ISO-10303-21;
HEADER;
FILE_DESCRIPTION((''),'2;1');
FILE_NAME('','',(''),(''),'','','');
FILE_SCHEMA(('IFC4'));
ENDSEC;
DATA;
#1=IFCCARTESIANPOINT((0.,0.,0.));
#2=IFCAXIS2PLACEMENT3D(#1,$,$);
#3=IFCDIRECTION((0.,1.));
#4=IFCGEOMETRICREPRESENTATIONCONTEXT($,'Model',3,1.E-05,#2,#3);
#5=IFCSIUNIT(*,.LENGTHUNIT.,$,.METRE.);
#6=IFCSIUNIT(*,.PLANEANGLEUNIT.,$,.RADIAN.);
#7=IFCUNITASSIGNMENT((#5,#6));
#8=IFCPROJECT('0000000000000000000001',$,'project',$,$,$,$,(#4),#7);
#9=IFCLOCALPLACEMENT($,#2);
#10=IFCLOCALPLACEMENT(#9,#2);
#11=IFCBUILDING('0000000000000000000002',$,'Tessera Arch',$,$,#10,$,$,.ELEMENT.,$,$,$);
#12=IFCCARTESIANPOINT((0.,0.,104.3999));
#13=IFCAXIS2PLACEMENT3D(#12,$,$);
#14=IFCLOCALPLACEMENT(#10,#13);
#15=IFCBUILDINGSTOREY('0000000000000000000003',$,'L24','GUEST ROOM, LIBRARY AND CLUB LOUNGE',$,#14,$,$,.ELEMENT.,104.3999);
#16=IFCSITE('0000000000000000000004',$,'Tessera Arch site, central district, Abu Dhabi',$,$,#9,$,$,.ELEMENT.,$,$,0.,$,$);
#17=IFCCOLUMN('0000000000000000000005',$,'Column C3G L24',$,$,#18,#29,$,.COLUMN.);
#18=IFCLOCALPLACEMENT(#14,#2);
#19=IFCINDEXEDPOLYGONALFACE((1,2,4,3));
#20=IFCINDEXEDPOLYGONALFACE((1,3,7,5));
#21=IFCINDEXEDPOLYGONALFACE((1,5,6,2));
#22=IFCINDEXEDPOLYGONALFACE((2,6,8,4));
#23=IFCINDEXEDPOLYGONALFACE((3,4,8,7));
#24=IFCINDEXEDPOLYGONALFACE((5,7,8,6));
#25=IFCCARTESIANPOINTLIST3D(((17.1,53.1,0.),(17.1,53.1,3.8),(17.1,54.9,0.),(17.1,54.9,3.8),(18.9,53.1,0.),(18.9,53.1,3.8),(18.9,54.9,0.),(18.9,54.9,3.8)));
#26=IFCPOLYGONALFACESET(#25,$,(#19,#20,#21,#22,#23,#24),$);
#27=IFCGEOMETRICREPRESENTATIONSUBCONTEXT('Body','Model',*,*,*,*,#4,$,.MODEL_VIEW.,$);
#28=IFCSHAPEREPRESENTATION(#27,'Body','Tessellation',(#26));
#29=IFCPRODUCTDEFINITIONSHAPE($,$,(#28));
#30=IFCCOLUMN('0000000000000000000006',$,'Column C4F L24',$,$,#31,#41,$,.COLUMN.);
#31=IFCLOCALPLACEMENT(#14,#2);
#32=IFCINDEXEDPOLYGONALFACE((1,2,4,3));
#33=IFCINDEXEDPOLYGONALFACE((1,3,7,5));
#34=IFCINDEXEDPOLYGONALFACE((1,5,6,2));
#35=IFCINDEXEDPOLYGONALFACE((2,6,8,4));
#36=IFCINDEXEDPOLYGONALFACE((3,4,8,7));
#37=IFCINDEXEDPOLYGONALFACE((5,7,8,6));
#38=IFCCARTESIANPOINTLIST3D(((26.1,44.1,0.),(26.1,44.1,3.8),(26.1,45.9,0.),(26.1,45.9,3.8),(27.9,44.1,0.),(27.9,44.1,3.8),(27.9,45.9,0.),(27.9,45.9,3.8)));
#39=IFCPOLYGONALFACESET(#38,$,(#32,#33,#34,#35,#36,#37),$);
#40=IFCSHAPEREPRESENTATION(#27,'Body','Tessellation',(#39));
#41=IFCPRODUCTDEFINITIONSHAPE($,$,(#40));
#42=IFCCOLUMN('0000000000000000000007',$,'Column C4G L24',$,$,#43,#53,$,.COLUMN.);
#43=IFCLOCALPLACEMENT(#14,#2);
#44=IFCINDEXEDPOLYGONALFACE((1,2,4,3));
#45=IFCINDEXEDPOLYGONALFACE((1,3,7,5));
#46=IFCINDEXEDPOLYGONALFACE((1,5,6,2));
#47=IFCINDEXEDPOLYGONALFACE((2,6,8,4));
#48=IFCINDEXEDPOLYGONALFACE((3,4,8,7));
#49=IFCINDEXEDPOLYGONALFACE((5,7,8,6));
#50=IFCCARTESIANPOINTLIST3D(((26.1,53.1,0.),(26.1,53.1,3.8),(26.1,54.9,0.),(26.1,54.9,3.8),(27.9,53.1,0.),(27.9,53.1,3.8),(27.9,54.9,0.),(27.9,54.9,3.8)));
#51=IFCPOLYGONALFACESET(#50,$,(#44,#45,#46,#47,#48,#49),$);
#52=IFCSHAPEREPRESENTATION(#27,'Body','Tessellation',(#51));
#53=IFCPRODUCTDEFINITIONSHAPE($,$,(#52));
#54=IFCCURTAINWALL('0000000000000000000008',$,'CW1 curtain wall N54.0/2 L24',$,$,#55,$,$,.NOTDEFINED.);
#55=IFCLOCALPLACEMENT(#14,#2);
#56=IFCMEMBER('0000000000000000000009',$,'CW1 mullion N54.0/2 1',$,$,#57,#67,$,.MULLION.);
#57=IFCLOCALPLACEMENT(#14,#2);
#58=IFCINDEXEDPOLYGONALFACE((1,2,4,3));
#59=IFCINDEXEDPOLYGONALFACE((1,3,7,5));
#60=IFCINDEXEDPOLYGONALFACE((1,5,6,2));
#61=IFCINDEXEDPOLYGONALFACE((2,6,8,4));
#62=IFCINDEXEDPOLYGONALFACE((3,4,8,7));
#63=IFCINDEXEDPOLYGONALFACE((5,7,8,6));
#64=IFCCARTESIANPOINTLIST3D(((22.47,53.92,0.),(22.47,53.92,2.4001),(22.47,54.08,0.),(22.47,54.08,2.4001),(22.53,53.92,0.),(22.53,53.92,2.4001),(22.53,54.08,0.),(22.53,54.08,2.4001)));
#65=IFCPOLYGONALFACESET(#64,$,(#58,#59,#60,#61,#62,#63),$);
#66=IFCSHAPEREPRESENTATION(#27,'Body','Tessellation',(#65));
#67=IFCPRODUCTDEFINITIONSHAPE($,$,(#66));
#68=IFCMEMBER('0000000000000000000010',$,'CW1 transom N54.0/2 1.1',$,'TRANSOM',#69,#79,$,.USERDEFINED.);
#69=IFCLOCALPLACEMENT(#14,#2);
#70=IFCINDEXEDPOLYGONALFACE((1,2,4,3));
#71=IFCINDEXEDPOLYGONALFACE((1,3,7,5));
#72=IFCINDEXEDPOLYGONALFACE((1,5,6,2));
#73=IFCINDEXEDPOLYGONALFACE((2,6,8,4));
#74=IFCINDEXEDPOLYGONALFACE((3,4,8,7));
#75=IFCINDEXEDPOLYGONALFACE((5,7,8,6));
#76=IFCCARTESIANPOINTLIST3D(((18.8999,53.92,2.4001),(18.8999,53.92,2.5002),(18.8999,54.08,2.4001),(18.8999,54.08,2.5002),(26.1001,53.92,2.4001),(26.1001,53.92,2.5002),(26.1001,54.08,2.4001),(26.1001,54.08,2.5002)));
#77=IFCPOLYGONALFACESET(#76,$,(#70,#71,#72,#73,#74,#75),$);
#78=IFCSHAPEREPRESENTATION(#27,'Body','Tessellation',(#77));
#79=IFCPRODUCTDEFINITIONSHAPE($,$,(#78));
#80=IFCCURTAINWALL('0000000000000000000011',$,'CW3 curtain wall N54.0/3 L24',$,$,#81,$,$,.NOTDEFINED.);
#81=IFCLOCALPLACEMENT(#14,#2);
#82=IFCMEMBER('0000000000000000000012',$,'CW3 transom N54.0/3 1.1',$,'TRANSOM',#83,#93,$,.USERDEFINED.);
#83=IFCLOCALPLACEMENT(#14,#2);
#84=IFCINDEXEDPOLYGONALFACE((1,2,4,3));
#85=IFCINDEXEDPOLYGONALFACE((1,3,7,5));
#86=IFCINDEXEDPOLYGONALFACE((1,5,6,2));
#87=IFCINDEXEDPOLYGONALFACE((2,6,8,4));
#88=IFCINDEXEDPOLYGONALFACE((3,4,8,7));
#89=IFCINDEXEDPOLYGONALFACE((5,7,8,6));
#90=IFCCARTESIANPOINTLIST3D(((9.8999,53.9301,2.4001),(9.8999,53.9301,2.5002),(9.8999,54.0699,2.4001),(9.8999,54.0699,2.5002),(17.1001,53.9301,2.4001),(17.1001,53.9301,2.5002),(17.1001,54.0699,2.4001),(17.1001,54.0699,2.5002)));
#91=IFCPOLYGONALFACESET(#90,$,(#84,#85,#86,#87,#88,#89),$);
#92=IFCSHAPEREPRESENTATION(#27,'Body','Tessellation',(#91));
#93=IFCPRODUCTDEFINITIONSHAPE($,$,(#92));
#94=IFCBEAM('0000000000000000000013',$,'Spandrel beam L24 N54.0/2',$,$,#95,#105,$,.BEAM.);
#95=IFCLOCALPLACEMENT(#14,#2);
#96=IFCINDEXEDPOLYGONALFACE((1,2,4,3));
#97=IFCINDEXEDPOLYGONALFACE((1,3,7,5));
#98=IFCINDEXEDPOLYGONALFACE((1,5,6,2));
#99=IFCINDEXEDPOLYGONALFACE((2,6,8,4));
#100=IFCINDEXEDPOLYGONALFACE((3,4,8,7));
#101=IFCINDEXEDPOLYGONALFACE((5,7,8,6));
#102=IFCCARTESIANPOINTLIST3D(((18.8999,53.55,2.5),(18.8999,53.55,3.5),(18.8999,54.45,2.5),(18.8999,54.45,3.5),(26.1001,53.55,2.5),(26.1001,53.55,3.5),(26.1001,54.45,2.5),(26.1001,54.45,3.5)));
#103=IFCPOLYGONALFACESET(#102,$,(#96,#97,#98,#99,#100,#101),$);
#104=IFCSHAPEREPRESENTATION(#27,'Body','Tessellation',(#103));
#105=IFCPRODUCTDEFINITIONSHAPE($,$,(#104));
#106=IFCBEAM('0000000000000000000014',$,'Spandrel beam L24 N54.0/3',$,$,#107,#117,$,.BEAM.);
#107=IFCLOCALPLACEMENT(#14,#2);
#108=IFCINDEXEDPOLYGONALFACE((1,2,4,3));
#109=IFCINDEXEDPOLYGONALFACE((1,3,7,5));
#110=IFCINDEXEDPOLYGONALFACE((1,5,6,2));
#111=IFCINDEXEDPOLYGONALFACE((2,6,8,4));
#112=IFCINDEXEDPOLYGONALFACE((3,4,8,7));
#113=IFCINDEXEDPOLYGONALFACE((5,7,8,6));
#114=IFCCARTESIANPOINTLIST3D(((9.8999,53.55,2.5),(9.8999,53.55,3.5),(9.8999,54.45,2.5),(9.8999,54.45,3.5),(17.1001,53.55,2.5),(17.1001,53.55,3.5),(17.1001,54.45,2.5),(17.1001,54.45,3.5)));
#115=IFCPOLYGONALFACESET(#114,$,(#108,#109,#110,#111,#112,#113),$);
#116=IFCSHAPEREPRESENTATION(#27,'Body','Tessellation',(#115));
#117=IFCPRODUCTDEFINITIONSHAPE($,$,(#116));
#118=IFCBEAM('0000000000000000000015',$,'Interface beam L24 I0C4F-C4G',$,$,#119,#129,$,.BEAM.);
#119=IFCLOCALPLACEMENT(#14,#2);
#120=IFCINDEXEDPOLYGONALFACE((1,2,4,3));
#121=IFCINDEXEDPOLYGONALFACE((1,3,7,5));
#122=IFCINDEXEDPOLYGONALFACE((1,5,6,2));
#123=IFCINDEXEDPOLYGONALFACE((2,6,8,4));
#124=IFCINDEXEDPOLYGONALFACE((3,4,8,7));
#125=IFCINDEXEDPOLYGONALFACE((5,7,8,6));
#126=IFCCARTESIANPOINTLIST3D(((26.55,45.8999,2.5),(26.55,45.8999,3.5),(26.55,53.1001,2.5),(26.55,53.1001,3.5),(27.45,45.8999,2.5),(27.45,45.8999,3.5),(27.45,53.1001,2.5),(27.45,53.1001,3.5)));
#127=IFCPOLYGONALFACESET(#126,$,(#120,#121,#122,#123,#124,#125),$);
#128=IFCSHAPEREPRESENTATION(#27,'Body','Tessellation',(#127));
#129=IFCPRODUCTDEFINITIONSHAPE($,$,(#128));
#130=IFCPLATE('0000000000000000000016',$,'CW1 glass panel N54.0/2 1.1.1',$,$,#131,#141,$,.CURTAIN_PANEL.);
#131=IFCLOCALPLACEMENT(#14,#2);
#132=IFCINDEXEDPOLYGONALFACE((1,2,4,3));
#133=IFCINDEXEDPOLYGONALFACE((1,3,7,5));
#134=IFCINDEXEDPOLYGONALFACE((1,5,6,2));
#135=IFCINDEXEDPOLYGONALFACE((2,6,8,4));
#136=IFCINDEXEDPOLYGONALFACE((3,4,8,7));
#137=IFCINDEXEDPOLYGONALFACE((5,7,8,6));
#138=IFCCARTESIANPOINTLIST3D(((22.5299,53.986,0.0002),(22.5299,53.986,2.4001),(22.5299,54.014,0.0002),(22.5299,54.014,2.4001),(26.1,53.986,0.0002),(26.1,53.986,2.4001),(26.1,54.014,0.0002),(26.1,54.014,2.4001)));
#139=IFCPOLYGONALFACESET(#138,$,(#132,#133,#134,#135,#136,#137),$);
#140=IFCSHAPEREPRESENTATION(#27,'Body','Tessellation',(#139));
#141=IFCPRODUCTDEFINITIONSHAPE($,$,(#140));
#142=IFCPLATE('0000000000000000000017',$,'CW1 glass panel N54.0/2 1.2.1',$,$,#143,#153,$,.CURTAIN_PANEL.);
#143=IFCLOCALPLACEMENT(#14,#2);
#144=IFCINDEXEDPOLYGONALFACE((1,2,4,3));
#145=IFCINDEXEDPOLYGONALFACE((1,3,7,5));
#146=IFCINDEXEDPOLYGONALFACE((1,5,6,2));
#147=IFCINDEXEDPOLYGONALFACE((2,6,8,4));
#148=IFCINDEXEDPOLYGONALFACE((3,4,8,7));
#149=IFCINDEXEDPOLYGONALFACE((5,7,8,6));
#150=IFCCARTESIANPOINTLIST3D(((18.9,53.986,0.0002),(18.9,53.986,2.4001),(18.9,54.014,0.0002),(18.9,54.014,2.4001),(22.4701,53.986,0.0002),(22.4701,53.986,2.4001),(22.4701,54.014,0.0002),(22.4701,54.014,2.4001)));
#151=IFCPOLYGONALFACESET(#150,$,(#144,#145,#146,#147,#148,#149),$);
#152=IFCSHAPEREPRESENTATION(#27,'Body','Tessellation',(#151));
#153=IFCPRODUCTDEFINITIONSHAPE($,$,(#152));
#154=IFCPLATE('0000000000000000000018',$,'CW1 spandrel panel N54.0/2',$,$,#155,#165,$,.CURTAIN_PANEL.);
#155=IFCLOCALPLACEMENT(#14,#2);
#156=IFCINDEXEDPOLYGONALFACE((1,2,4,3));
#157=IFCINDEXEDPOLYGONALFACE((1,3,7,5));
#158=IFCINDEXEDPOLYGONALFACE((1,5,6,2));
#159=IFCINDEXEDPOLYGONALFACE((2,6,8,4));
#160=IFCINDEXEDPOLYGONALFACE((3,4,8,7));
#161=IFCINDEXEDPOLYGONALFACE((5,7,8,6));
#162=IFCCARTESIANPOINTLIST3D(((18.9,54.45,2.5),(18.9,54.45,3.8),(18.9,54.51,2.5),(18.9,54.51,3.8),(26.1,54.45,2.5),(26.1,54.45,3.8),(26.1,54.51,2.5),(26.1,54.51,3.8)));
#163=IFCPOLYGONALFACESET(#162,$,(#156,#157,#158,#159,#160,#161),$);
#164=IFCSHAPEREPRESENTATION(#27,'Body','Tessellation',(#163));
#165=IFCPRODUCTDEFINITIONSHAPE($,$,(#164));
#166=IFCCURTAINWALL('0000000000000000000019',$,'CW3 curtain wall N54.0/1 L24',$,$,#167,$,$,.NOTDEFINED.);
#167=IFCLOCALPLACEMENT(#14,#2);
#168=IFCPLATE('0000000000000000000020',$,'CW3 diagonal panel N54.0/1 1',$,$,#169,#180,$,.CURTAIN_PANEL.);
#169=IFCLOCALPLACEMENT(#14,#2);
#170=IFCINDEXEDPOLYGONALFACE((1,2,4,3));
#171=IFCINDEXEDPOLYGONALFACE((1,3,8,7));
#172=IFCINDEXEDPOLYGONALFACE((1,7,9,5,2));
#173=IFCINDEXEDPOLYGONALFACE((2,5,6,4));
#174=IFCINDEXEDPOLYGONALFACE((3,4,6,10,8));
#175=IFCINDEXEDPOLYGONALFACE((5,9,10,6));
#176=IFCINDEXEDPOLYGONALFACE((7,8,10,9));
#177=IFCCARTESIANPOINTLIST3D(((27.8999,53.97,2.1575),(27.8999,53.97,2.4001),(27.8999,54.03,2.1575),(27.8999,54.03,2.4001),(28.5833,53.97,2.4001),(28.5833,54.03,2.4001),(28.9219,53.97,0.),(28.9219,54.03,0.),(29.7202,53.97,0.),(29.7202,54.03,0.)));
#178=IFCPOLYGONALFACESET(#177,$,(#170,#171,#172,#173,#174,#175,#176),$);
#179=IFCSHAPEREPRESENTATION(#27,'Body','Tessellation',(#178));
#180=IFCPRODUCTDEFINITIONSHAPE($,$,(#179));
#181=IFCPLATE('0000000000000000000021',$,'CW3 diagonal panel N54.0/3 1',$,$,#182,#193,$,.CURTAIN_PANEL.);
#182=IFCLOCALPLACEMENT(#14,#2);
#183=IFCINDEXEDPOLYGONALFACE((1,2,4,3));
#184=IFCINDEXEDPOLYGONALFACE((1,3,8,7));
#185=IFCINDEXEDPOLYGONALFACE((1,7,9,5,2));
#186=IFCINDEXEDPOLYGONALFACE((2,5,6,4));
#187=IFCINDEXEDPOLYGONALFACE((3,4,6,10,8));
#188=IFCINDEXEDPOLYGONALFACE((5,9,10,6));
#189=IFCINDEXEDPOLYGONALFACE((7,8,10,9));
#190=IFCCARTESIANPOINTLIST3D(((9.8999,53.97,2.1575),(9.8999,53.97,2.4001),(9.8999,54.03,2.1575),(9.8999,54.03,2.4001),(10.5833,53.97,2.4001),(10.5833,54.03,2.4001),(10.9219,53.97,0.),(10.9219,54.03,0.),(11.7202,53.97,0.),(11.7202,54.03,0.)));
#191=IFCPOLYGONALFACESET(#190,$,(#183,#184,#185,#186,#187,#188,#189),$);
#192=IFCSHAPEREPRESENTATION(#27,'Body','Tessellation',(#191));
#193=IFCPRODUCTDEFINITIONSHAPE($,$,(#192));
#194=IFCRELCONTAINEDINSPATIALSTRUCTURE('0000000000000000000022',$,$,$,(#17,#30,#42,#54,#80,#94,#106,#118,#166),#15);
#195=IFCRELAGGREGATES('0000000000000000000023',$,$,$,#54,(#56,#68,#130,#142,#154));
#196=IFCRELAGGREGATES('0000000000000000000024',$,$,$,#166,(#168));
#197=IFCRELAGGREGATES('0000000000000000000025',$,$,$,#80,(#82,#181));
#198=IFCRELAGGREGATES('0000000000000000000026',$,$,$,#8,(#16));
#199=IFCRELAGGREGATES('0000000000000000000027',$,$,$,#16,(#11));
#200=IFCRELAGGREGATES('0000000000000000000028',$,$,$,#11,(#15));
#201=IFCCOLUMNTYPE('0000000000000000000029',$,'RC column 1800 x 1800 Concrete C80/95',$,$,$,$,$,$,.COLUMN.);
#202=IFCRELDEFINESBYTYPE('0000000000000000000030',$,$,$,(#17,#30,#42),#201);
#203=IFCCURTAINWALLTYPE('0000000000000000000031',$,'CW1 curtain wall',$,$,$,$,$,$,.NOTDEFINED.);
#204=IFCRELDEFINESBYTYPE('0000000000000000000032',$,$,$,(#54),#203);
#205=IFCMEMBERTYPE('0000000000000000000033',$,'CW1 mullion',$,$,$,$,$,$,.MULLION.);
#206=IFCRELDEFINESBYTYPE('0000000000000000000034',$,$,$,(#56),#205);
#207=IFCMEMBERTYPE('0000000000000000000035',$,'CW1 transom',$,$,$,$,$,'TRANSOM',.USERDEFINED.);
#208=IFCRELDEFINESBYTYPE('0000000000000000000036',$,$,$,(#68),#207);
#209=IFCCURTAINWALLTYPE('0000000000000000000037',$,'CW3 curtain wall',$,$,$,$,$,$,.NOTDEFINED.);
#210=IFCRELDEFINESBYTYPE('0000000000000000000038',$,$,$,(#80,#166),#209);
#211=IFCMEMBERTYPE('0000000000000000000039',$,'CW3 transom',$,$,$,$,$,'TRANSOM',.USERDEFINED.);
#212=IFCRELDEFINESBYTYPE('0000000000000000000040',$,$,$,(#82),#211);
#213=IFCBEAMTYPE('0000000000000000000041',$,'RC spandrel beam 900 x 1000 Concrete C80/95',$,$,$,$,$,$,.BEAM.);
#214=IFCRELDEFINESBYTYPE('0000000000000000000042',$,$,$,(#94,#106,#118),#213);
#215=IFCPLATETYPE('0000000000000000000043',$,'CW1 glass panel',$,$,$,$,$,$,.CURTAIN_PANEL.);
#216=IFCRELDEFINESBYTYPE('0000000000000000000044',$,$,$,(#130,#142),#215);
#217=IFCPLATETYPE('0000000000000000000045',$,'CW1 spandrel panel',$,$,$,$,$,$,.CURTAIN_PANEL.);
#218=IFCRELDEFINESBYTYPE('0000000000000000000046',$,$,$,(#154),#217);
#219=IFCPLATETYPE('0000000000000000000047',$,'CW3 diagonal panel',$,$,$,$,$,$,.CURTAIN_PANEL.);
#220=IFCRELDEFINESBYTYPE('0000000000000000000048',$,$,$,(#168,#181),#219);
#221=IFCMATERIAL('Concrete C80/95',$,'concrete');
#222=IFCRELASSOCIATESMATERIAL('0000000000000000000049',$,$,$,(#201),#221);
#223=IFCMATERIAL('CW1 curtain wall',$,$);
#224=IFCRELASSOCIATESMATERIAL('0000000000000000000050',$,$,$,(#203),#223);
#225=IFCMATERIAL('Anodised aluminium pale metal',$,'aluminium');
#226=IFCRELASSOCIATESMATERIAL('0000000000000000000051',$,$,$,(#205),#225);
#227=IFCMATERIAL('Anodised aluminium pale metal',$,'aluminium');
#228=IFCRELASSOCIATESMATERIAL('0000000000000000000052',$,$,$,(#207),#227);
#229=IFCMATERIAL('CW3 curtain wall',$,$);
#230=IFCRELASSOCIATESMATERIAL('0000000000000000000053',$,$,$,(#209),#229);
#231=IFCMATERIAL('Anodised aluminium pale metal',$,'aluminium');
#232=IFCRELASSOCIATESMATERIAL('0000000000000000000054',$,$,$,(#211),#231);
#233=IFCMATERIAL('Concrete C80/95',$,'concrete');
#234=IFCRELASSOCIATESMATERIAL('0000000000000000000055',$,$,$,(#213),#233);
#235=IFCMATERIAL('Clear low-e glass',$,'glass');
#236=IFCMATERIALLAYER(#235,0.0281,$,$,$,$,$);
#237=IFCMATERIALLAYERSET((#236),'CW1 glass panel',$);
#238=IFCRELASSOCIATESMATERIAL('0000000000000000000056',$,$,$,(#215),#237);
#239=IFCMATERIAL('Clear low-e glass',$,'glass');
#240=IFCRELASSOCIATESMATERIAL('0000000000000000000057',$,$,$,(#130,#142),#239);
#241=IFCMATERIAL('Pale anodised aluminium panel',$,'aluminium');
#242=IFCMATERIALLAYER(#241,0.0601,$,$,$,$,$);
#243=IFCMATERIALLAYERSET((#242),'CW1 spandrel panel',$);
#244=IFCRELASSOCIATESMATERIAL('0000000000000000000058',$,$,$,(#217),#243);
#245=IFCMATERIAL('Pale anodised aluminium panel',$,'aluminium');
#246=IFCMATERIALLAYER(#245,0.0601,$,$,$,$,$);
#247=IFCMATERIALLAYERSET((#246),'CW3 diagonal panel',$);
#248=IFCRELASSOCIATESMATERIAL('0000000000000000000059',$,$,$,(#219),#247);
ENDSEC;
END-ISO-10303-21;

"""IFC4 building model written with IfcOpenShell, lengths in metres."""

from ifc_helpers import new_model, si_unit, direction, frame, origin, origin_2d, place, context, subcontext, project, spatial, polyline, rectangle, outline, extrude, material, layer, layer_set, material_profile, profile_set, type_object, element, aggregate, save


model = new_model("IFC4")

# Units and contexts
model_context = context("Model", 3, precision=1e-05, world=origin(), true_north=direction((0.0, 1.0)))
body_context = subcontext(model_context, "Body", "Model", "MODEL_VIEW")
ifc_project = project(units=[si_unit("LENGTHUNIT", "METRE"), si_unit("PLANEANGLEUNIT", "RADIAN")], contexts=[model_context])

# Site, building, storey
site_placement = place(None, origin())
site = spatial("IfcSite", under=ifc_project, at=site_placement, Name="Tessera Arch site, central district, Abu Dhabi", CompositionType="ELEMENT", RefElevation=0.0)
building_placement = place(site_placement, origin())
building = spatial("IfcBuilding", under=site, at=building_placement, Name="Tessera Arch", CompositionType="ELEMENT")
storey_placement = place(building_placement, frame((0.0, 0.0, 104.3999)))
storey = spatial("IfcBuildingStorey", under=building, at=storey_placement, Name="L24", Description="GUEST ROOM, LIBRARY AND CLUB LOUNGE", CompositionType="ELEMENT", Elevation=104.3999)

# Columns
ifc_material_1 = material(Name="Concrete C80/95", Category="concrete")
ifc_material_profile_1 = material_profile(ifc_material_1, rectangle(XDim=1.8, YDim=1.8, at=origin_2d()), Name="RC column 1800 x 1800 Concrete C80/95")
ifc_profile_set_1 = profile_set([ifc_material_profile_1], Name="Concrete C80/95")
column_type = type_object("IfcColumnType", Name="RC column 1800 x 1800 Concrete C80/95", PredefinedType="COLUMN", material=ifc_profile_set_1)
for number, where, z_axis, x_axis, name in (
    (1, (18.0, 54.0, 0.0), (0.0, 0.0, 1.0), (1.0, 0.0, 0.0), "Column C3G L24"),
    (2, (27.0, 45.0, 0.0), (0.0, 0.0, 1.0), (1.0, 0.0, 0.0), "Column C4F L24"),
    (3, (27.0, 54.0, 0.0), (0.0, 0.0, 1.0), (1.0, 0.0, 0.0), "Column C4G L24"),
):
    element("IfcColumn", number, at=place(storey_placement, frame(where, z_axis=z_axis, x_axis=x_axis)), inside=storey, type_object=column_type, Name=name, PredefinedType="COLUMN", context=body_context, shape_type="SweptSolid", body=[
        extrude(rectangle(XDim=1.8, YDim=1.8, at=origin_2d()), origin(), (0.0, 0.0, 1.0), 3.8),
    ])

# Curtain wall, members
ifc_material_2 = material(Name="CW1 curtain wall")
curtain_wall_type_1 = type_object("IfcCurtainWallType", Name="CW1 curtain wall", PredefinedType="NOTDEFINED", material=ifc_material_2)
curtain_wall_1_placement = place(storey_placement, origin())
curtain_wall_1 = element("IfcCurtainWall", 4, at=curtain_wall_1_placement, inside=storey, type_object=curtain_wall_type_1, Name="CW1 curtain wall N54.0/2 L24", PredefinedType="NOTDEFINED")
ifc_material_3 = material(Name="Anodised aluminium pale metal", Category="aluminium")
ifc_material_profile_2 = material_profile(ifc_material_3, rectangle(XDim=0.1599, YDim=0.0601, at=origin_2d()), Name="AL 60x160")
ifc_profile_set_2 = profile_set([ifc_material_profile_2], Name="Anodised aluminium pale metal")
member_type_1 = type_object("IfcMemberType", Name="CW1 mullion", PredefinedType="MULLION", material=ifc_profile_set_2)
member_1_placement = place(storey_placement, frame((22.5, 54.0, 0.0), z_axis=(0.0, 0.0, 1.0), x_axis=(0.0, -1.0, 0.0)))
member_1 = element("IfcMember", 5, at=member_1_placement, type_object=member_type_1, Name="CW1 mullion N54.0/2 1", PredefinedType="MULLION", context=body_context, shape_type="SweptSolid", body=[
    extrude(rectangle(XDim=0.1599, YDim=0.0601, at=origin_2d()), origin(), (0.0, 0.0, 1.0), 2.4001),
])
ifc_material_4 = material(Name="Anodised aluminium pale metal", Category="aluminium")
ifc_material_profile_3 = material_profile(ifc_material_4, rectangle(XDim=0.1599, YDim=0.1001, at=origin_2d()), Name="AL 160x100")
ifc_profile_set_3 = profile_set([ifc_material_profile_3], Name="Anodised aluminium pale metal")
member_type_2 = type_object("IfcMemberType", Name="CW1 transom", ElementType="TRANSOM", PredefinedType="USERDEFINED", material=ifc_profile_set_3)
member_2_placement = place(storey_placement, frame((26.1001, 54.0, 2.4502), z_axis=(-1.0, 0.0, 0.0), x_axis=(0.0, -1.0, 0.0)))
member_2 = element("IfcMember", 6, at=member_2_placement, type_object=member_type_2, Name="CW1 transom N54.0/2 1.1", ObjectType="TRANSOM", PredefinedType="USERDEFINED", context=body_context, shape_type="SweptSolid", body=[
    extrude(rectangle(XDim=0.1599, YDim=0.1001, at=origin_2d()), origin(), (0.0, 0.0, 1.0), 7.2002),
])

# Curtain wall, member
ifc_material_5 = material(Name="CW3 curtain wall")
curtain_wall_type_2 = type_object("IfcCurtainWallType", Name="CW3 curtain wall", PredefinedType="NOTDEFINED", material=ifc_material_5)
curtain_wall_2_placement = place(storey_placement, origin())
curtain_wall_2 = element("IfcCurtainWall", 7, at=curtain_wall_2_placement, inside=storey, type_object=curtain_wall_type_2, Name="CW3 curtain wall N54.0/3 L24", PredefinedType="NOTDEFINED")
ifc_material_6 = material(Name="Anodised aluminium pale metal", Category="aluminium")
ifc_material_profile_4 = material_profile(ifc_material_6, rectangle(XDim=0.1399, YDim=0.1001, at=origin_2d()), Name="AL 140x100")
ifc_profile_set_4 = profile_set([ifc_material_profile_4], Name="Anodised aluminium pale metal")
member_type_3 = type_object("IfcMemberType", Name="CW3 transom", ElementType="TRANSOM", PredefinedType="USERDEFINED", material=ifc_profile_set_4)
member_3_placement = place(storey_placement, frame((17.1001, 54.0, 2.4502), z_axis=(-1.0, 0.0, 0.0), x_axis=(0.0, -1.0, 0.0)))
member_3 = element("IfcMember", 8, at=member_3_placement, type_object=member_type_3, Name="CW3 transom N54.0/3 1.1", ObjectType="TRANSOM", PredefinedType="USERDEFINED", context=body_context, shape_type="SweptSolid", body=[
    extrude(rectangle(XDim=0.1399, YDim=0.1001, at=origin_2d()), origin(), (0.0, 0.0, 1.0), 7.2002),
])

# Beams
ifc_material_7 = material(Name="Concrete C80/95", Category="concrete")
ifc_material_profile_5 = material_profile(ifc_material_7, rectangle(XDim=0.8999, YDim=1.0, at=origin_2d()), Name="RC spandrel beam 900 x 1000 Concrete C80/95")
ifc_profile_set_5 = profile_set([ifc_material_profile_5], Name="Concrete C80/95")
beam_type = type_object("IfcBeamType", Name="RC spandrel beam 900 x 1000 Concrete C80/95", PredefinedType="BEAM", material=ifc_profile_set_5)
for number, where, z_axis, x_axis, name in (
    (9, (26.1001, 54.0, 3.0), (-1.0, 0.0, 0.0), (0.0, -1.0, 0.0), "Spandrel beam L24 N54.0/2"),
    (10, (17.1001, 54.0, 3.0), (-1.0, 0.0, 0.0), (0.0, -1.0, 0.0), "Spandrel beam L24 N54.0/3"),
    (11, (27.0, 45.8999, 3.0), (0.0, 1.0, 0.0), (-1.0, 0.0, 0.0), "Interface beam L24 I0C4F-C4G"),
):
    element("IfcBeam", number, at=place(storey_placement, frame(where, z_axis=z_axis, x_axis=x_axis)), inside=storey, type_object=beam_type, Name=name, PredefinedType="BEAM", context=body_context, shape_type="SweptSolid", body=[
        extrude(rectangle(XDim=0.8999, YDim=1.0, at=origin_2d()), origin(), (0.0, 0.0, 1.0), 7.2002),
    ])

# Plates
ifc_material_8 = material(Name="Clear low-e glass", Category="glass")
ifc_material_9 = material(Name="Clear low-e glass", Category="glass")
ifc_layer_1 = layer(ifc_material_9, 0.0281)
ifc_layer_set_1 = layer_set([ifc_layer_1], Name="CW1 glass panel")
plate_type_1 = type_object("IfcPlateType", Name="CW1 glass panel", PredefinedType="CURTAIN_PANEL", material=ifc_layer_set_1)
plate_1_placement = place(storey_placement, frame((24.3149, 54.0, 0.0002), z_axis=(0.0, 0.0, 1.0), x_axis=(-1.0, 0.0, 0.0)))
plate_1 = element("IfcPlate", 12, at=plate_1_placement, type_object=plate_type_1, material=ifc_material_8, Name="CW1 glass panel N54.0/2 1.1.1", PredefinedType="CURTAIN_PANEL", context=body_context, shape_type="SweptSolid", body=[
    extrude(rectangle(XDim=3.5701, YDim=0.0281, at=origin_2d()), origin(), (0.0, 0.0, 1.0), 2.3999),
])
plate_2_placement = place(storey_placement, frame((20.6851, 54.0, 0.0002), z_axis=(0.0, 0.0, 1.0), x_axis=(-1.0, 0.0, 0.0)))
plate_2 = element("IfcPlate", 13, at=plate_2_placement, type_object=plate_type_1, material=ifc_material_8, Name="CW1 glass panel N54.0/2 1.2.1", PredefinedType="CURTAIN_PANEL", context=body_context, shape_type="SweptSolid", body=[
    extrude(rectangle(XDim=3.5701, YDim=0.0281, at=origin_2d()), origin(), (0.0, 0.0, 1.0), 2.3999),
])
ifc_material_10 = material(Name="Pale anodised aluminium panel", Category="aluminium")
ifc_layer_2 = layer(ifc_material_10, 0.0601)
ifc_layer_set_2 = layer_set([ifc_layer_2], Name="CW1 spandrel panel")
plate_type_2 = type_object("IfcPlateType", Name="CW1 spandrel panel", PredefinedType="CURTAIN_PANEL", material=ifc_layer_set_2)
plate_3_placement = place(storey_placement, frame((22.5, 54.48, 2.5), z_axis=(0.0, 0.0, 1.0), x_axis=(-1.0, 0.0, 0.0)))
plate_3 = element("IfcPlate", 14, at=plate_3_placement, type_object=plate_type_2, Name="CW1 spandrel panel N54.0/2", PredefinedType="CURTAIN_PANEL", context=body_context, shape_type="SweptSolid", body=[
    extrude(rectangle(XDim=7.2, YDim=0.0601, at=origin_2d()), origin(), (0.0, 0.0, 1.0), 1.3),
])
aggregate(curtain_wall_1, [member_1, member_2, plate_1, plate_2, plate_3])

# Curtain wall, plate
curtain_wall_3_placement = place(storey_placement, origin())
curtain_wall_3 = element("IfcCurtainWall", 15, at=curtain_wall_3_placement, inside=storey, type_object=curtain_wall_type_2, Name="CW3 curtain wall N54.0/1 L24", PredefinedType="NOTDEFINED")
ifc_material_11 = material(Name="Pale anodised aluminium panel", Category="aluminium")
ifc_layer_3 = layer(ifc_material_11, 0.0601)
ifc_layer_set_3 = layer_set([ifc_layer_3], Name="CW3 diagonal panel")
plate_type_3 = type_object("IfcPlateType", Name="CW3 diagonal panel", PredefinedType="CURTAIN_PANEL", material=ifc_layer_set_3)
plate_4_placement = place(storey_placement, frame((27.8999, 54.03, 2.4001), z_axis=(0.0, 1.0, 0.0), x_axis=(1.0, 0.0, 0.0)))
plate_4 = element("IfcPlate", 16, at=plate_4_placement, type_object=plate_type_3, Name="CW3 diagonal panel N54.0/1 1", PredefinedType="CURTAIN_PANEL", context=body_context, shape_type="SweptSolid", body=[
    extrude(outline(polyline([(0.0, 0.0), (0.6833, 0.0), (1.8203, 2.4001), (1.022, 2.4001), (0.0, 0.2427), (0.0, 0.0)])), origin(), (0.0, 0.0, -1.0), 0.0601),
])

# Plate
plate_5_placement = place(storey_placement, frame((9.8999, 54.03, 2.4001), z_axis=(0.0, 1.0, 0.0), x_axis=(1.0, 0.0, 0.0)))
plate_5 = element("IfcPlate", 17, at=plate_5_placement, type_object=plate_type_3, Name="CW3 diagonal panel N54.0/3 1", PredefinedType="CURTAIN_PANEL", context=body_context, shape_type="SweptSolid", body=[
    extrude(outline(polyline([(0.0, 0.0), (0.6833, 0.0), (1.8203, 2.4001), (1.022, 2.4001), (0.0, 0.2427), (0.0, 0.0)])), origin(), (0.0, 0.0, -1.0), 0.0601),
])
aggregate(curtain_wall_3, [plate_4])
aggregate(curtain_wall_2, [member_3, plate_5])

save(model, "model.ifc")
